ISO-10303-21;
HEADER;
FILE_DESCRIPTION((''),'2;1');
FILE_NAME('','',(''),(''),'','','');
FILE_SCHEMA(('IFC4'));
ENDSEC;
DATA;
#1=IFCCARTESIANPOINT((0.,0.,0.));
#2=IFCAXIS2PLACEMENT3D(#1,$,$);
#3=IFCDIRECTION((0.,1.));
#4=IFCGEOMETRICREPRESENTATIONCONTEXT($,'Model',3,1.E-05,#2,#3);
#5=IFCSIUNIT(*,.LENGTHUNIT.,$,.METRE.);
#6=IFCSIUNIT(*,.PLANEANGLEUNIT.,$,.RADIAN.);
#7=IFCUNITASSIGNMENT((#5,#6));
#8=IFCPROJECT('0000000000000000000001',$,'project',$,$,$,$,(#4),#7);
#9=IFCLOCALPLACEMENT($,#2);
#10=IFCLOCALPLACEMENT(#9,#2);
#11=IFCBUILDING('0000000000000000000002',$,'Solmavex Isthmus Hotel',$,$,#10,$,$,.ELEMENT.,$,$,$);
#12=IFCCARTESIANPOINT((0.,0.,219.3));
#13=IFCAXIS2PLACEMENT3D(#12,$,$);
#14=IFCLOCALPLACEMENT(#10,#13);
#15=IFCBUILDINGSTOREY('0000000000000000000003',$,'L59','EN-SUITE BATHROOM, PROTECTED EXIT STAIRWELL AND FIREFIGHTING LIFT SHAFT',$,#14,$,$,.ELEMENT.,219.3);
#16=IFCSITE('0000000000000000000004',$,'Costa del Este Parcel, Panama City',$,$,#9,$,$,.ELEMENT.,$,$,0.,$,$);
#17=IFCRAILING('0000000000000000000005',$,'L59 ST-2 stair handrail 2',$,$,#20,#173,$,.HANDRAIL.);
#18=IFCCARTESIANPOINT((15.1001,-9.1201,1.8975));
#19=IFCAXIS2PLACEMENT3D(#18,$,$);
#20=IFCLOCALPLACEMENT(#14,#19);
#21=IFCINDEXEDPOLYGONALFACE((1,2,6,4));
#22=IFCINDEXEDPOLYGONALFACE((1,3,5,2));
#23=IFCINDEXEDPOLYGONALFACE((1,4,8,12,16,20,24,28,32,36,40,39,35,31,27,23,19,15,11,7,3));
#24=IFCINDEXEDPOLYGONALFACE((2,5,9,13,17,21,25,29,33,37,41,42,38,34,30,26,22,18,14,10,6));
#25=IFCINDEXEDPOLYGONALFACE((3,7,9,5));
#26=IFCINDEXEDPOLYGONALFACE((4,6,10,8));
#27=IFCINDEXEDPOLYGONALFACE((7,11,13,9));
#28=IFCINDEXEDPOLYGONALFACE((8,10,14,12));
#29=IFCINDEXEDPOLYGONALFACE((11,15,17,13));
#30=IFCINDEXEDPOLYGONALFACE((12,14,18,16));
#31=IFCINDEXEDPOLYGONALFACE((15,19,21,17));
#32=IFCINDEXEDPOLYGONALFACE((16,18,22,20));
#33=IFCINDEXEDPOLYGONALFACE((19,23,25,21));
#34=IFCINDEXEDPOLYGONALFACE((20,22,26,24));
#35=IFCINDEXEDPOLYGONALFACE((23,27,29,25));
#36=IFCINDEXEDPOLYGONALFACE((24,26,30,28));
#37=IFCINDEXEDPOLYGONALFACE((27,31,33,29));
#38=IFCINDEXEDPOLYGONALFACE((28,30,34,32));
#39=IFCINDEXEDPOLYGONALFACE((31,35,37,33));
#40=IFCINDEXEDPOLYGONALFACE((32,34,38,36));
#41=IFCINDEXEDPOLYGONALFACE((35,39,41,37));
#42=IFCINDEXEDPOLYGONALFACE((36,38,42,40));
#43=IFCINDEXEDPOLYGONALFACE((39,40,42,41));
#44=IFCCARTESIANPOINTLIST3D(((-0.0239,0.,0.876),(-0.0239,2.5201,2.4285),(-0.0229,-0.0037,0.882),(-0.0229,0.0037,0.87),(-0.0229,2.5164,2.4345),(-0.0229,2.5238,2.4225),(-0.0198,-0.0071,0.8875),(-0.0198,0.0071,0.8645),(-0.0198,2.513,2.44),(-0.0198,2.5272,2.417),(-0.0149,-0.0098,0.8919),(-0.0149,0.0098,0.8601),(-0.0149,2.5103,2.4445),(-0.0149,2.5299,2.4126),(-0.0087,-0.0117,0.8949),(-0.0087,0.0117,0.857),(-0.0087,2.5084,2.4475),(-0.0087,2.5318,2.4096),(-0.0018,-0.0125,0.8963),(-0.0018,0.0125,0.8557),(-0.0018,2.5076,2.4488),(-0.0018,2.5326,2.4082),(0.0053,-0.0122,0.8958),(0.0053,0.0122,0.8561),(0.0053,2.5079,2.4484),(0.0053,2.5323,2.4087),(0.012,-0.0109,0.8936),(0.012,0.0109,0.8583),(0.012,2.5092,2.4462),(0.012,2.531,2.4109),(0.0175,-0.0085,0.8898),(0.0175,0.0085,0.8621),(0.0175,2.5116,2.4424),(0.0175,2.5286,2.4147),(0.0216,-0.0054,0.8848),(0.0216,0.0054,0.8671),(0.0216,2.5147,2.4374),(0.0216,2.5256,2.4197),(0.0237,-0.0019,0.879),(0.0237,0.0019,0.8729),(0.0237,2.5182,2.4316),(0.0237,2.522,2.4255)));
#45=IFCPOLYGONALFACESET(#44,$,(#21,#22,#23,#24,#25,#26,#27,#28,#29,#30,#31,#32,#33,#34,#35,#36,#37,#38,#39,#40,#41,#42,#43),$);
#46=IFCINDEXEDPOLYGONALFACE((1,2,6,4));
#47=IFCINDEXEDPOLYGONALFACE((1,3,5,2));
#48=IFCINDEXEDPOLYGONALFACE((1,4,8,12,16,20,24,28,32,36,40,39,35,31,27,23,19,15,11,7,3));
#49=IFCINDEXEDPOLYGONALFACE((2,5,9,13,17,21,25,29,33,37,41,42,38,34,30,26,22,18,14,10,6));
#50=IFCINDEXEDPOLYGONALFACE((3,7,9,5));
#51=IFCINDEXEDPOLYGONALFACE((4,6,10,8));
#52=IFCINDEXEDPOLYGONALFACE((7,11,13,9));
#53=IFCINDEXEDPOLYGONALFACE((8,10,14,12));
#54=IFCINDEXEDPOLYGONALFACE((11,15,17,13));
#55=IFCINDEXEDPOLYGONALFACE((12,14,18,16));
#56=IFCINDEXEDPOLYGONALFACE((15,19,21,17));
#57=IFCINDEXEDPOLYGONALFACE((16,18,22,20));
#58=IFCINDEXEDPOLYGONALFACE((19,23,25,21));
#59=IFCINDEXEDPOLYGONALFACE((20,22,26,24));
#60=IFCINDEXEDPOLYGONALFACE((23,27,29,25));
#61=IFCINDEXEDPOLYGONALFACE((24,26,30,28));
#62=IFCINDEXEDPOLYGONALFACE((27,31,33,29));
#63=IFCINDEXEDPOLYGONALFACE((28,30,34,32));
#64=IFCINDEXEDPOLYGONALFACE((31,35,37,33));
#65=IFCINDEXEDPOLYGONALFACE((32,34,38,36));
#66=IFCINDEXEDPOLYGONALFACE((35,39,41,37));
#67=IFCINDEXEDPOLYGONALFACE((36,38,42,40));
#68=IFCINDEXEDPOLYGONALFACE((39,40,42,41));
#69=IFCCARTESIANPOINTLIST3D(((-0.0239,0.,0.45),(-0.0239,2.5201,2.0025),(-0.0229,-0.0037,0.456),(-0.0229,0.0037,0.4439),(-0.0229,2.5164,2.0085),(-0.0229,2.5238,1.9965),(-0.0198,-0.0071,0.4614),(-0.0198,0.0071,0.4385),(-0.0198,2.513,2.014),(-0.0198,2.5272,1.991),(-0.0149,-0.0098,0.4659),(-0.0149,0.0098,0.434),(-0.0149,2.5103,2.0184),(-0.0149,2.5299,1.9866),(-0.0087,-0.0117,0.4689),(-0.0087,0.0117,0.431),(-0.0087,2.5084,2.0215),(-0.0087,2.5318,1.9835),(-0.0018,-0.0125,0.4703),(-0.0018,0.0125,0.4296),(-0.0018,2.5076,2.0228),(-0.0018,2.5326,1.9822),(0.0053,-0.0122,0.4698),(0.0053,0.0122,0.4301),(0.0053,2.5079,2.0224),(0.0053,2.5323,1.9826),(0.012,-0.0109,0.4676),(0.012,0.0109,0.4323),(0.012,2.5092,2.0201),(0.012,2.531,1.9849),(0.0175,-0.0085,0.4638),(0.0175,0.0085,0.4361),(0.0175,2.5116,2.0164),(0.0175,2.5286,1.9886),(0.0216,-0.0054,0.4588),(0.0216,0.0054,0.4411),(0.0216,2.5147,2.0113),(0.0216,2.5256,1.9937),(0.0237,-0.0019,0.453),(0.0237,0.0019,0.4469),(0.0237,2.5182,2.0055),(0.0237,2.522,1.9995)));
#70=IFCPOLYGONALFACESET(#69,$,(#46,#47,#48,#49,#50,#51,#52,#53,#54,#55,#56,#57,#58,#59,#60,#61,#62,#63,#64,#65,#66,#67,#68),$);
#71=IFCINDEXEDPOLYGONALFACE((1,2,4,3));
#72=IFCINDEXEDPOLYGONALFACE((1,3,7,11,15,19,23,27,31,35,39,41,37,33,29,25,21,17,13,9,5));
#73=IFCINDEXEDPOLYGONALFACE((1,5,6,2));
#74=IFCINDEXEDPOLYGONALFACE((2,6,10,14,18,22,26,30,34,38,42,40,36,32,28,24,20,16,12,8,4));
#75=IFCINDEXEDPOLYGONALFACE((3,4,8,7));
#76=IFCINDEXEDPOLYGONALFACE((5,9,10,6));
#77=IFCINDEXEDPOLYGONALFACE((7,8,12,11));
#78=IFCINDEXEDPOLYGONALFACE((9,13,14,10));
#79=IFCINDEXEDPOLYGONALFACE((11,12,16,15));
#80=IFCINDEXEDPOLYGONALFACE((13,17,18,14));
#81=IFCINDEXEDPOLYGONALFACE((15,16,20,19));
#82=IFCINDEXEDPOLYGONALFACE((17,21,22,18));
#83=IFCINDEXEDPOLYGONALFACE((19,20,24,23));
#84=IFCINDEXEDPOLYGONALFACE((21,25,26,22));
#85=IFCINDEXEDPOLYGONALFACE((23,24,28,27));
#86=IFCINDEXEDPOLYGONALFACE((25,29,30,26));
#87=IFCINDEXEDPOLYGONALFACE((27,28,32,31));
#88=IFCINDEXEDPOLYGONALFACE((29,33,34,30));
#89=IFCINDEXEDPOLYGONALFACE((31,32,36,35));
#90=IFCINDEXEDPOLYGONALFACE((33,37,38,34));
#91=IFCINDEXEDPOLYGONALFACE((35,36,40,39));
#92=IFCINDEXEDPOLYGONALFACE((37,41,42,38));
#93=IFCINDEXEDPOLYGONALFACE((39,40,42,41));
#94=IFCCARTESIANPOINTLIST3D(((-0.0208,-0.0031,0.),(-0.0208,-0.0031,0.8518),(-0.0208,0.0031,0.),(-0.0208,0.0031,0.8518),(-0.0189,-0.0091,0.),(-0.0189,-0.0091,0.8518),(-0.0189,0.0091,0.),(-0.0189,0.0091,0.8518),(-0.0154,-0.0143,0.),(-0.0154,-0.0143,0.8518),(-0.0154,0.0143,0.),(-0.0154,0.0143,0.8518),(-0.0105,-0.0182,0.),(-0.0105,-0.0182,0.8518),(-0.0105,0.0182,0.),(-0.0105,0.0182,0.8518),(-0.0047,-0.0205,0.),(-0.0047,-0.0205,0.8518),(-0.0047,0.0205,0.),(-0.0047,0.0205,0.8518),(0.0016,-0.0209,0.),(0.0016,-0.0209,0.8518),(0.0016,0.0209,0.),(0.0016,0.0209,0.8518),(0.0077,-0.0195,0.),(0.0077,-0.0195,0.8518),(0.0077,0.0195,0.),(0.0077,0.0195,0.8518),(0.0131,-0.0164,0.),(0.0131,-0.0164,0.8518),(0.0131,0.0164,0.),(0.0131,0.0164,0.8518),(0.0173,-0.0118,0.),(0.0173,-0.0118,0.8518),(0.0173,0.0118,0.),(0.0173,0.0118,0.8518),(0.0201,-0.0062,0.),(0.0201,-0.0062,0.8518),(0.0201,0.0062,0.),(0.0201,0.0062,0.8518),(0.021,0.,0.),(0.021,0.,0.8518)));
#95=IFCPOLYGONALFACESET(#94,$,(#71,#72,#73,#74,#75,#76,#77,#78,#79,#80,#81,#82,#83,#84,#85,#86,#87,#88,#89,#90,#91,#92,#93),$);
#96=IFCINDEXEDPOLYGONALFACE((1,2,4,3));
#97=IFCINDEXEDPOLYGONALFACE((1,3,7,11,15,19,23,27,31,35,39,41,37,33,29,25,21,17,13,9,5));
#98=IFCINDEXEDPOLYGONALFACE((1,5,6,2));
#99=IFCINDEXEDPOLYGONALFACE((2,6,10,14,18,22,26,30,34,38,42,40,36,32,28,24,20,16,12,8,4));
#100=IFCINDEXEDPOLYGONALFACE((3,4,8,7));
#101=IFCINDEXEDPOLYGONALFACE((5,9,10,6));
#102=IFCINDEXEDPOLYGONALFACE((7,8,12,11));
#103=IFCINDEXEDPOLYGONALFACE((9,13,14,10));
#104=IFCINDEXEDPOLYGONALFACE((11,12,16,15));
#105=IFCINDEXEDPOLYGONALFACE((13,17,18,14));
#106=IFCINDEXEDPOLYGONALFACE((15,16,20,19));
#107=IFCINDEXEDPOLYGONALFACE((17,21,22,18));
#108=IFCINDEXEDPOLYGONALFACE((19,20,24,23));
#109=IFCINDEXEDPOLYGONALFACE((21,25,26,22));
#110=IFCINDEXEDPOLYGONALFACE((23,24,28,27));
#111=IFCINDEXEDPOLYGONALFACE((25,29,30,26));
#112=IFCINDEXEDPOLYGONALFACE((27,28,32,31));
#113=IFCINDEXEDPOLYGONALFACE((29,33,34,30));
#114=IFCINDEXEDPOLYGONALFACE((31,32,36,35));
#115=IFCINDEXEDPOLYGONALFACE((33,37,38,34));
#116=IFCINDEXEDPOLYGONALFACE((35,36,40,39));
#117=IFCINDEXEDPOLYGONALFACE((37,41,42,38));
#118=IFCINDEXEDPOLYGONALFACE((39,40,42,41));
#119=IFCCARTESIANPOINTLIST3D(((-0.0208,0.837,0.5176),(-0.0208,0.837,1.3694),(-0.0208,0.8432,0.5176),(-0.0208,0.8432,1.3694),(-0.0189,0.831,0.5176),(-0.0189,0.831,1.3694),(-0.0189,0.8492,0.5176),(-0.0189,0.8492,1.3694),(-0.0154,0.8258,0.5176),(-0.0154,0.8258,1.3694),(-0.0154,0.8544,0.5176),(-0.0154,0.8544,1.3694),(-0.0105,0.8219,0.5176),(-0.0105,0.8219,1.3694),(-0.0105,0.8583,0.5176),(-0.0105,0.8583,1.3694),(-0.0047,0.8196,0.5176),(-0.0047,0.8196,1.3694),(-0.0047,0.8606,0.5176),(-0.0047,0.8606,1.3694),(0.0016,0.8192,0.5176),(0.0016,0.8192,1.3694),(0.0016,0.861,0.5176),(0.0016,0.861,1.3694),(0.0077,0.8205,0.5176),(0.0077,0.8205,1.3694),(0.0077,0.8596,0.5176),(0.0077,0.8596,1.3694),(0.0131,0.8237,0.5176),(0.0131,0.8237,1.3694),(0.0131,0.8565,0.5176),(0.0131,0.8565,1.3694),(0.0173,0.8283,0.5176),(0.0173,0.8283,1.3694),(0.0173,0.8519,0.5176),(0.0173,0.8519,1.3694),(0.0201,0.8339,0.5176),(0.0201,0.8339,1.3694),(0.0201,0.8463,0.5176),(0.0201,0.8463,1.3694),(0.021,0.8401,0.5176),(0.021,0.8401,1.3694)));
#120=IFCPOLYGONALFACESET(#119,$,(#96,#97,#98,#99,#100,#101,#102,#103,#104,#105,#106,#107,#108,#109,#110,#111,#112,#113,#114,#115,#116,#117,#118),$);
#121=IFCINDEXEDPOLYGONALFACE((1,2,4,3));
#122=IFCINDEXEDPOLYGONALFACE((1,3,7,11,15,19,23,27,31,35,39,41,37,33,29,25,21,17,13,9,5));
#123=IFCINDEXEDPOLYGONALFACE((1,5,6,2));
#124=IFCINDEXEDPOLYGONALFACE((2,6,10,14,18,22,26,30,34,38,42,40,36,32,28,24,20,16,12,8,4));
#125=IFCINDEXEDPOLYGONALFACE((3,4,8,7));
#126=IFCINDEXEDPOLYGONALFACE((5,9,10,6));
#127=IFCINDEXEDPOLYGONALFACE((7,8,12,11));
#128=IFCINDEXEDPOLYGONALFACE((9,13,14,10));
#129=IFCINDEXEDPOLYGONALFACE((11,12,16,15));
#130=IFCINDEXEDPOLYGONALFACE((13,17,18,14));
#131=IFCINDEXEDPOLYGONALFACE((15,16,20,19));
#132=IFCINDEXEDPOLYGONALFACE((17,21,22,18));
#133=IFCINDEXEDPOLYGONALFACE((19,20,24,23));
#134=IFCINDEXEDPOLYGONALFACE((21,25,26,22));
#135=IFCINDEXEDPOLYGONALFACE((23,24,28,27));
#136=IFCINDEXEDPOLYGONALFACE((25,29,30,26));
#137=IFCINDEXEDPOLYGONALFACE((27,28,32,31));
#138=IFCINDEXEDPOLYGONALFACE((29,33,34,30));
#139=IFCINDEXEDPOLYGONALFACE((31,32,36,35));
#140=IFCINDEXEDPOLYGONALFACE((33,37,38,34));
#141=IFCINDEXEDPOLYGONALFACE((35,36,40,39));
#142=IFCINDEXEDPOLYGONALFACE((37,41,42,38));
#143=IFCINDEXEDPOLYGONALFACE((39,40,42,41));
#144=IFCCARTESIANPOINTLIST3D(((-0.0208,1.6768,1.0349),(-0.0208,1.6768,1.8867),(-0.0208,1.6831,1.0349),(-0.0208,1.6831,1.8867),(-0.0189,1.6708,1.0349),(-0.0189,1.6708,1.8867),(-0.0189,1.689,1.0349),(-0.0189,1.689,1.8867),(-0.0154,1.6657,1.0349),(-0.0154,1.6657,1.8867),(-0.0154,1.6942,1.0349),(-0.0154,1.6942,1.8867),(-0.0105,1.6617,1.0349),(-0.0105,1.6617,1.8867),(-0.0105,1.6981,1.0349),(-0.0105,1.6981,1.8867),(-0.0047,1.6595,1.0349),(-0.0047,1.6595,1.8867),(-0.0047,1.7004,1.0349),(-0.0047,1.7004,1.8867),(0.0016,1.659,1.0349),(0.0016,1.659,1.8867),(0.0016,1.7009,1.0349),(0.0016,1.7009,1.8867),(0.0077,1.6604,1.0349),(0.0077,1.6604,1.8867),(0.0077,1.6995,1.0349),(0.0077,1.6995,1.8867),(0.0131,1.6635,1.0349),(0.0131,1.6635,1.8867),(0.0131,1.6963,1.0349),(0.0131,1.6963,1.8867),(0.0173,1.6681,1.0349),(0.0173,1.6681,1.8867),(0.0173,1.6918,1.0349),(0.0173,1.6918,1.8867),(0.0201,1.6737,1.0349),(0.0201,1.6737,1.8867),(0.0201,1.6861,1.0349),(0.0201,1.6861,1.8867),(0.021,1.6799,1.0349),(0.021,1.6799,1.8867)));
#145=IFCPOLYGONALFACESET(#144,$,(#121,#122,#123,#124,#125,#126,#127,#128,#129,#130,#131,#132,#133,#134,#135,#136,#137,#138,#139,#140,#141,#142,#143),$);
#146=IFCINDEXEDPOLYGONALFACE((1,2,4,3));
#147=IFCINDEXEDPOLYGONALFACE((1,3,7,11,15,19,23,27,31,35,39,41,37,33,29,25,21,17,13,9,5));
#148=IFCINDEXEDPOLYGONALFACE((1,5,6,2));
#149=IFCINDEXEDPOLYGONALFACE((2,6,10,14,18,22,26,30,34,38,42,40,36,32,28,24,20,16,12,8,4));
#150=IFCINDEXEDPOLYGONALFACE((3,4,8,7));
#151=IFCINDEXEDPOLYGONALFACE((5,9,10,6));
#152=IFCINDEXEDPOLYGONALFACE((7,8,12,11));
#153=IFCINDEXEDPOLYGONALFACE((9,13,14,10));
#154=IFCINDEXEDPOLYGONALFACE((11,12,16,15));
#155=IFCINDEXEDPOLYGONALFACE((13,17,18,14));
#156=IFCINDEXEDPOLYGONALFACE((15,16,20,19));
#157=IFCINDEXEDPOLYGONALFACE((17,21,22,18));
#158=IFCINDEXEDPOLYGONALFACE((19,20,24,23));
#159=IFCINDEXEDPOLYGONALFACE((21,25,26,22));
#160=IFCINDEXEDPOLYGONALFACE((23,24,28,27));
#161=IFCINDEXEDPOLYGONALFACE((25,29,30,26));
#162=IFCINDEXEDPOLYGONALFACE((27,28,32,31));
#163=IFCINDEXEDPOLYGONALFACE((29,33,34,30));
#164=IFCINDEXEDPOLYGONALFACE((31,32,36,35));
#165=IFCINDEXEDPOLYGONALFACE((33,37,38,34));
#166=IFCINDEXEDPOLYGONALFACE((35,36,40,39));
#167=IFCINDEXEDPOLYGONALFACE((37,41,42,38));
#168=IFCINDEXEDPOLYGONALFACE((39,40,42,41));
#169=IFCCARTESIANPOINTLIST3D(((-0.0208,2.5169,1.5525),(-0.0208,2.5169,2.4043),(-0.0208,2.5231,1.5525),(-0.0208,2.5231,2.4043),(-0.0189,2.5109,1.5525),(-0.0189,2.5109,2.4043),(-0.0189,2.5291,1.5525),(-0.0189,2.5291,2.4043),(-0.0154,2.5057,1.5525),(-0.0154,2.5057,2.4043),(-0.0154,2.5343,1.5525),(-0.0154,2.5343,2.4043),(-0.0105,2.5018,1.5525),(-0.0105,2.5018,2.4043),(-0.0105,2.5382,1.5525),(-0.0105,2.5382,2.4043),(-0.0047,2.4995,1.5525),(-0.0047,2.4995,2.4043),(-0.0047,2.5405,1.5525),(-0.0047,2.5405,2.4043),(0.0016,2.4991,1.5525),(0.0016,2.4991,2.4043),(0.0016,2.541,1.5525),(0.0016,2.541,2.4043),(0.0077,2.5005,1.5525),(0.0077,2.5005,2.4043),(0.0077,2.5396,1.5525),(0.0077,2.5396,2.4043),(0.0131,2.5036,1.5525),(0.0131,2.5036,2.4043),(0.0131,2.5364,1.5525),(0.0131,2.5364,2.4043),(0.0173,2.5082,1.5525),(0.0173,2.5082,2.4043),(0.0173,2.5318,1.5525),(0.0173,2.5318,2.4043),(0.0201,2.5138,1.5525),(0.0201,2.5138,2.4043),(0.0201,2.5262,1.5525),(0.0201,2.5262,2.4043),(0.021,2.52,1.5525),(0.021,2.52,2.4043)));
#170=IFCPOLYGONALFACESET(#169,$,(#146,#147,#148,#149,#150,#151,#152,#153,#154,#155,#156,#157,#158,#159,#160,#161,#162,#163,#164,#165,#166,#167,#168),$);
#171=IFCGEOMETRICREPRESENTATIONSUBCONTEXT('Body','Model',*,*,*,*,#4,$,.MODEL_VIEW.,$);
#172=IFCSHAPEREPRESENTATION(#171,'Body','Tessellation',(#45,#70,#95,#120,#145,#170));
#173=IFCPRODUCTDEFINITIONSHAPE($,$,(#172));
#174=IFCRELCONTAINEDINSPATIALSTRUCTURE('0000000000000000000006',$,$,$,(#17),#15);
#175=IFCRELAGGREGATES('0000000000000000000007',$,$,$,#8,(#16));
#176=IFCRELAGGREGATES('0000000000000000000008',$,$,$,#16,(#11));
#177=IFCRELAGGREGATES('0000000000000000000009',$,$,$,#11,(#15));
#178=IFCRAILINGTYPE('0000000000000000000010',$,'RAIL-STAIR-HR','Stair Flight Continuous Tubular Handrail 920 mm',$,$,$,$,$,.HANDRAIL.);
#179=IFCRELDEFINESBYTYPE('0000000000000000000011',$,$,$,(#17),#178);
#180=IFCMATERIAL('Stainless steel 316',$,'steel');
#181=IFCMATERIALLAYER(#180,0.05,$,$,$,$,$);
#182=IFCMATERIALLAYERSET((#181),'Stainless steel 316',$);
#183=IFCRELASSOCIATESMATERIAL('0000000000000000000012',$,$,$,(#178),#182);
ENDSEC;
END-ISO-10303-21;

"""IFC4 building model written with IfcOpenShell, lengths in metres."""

from ifc_helpers import new_model, si_unit, direction, frame, origin, origin_2d, place, context, subcontext, project, spatial, circle, extrude, material, layer, layer_set, type_object, element, save


model = new_model("IFC4")

# Units and contexts
model_context = context("Model", 3, precision=1e-05, world=origin(), true_north=direction((0.0, 1.0)))
body_context = subcontext(model_context, "Body", "Model", "MODEL_VIEW")
ifc_project = project(units=[si_unit("LENGTHUNIT", "METRE"), si_unit("PLANEANGLEUNIT", "RADIAN")], contexts=[model_context])

# Site, building, storey
site_placement = place(None, origin())
site = spatial("IfcSite", under=ifc_project, at=site_placement, Name="Costa del Este Parcel, Panama City", CompositionType="ELEMENT", RefElevation=0.0)
building_placement = place(site_placement, origin())
building = spatial("IfcBuilding", under=site, at=building_placement, Name="Solmavex Isthmus Hotel", CompositionType="ELEMENT")
storey_placement = place(building_placement, frame((0.0, 0.0, 219.3)))
storey = spatial("IfcBuildingStorey", under=building, at=storey_placement, Name="L59", Description="EN-SUITE BATHROOM, PROTECTED EXIT STAIRWELL AND FIREFIGHTING LIFT SHAFT", CompositionType="ELEMENT", Elevation=219.3)

# Railing
ifc_material_1 = material(Name="Stainless steel 316", Category="steel")
ifc_layer_1 = layer(ifc_material_1, 0.05)
ifc_layer_set_1 = layer_set([ifc_layer_1], Name="Stainless steel 316")
railing_type = type_object("IfcRailingType", Name="RAIL-STAIR-HR", Description="Stair Flight Continuous Tubular Handrail 920 mm", PredefinedType="HANDRAIL", material=ifc_layer_set_1)
railing_placement = place(storey_placement, frame((15.1001, -9.1201, 1.8975)))
element("IfcRailing", 1, at=railing_placement, inside=storey, type_object=railing_type, Name="L59 ST-2 stair handrail 2", PredefinedType="HANDRAIL", context=body_context, shape_type="SweptSolid", body=[
    extrude(circle(Radius=0.0239, at=origin_2d()), frame((0.0, 0.0, 0.876), z_axis=(0.0, 0.8514, 0.524516), x_axis=(-1.0, 0.0, 0.0)), (0.0, 0.0, 1.0), 2.96),
    extrude(circle(Radius=0.0239, at=origin_2d()), frame((0.0, 0.0, 0.45), z_axis=(0.0, 0.8514, 0.524516), x_axis=(-1.0, 0.0, 0.0)), (0.0, 0.0, 1.0), 2.96),
    extrude(circle(Radius=0.021, at=origin_2d()), origin(), (0.0, 0.0, 1.0), 0.8518),
    extrude(circle(Radius=0.021, at=origin_2d()), frame((0.0, 0.8401, 0.5176)), (0.0, 0.0, 1.0), 0.8518),
    extrude(circle(Radius=0.021, at=origin_2d()), frame((0.0, 1.6799, 1.0349)), (0.0, 0.0, 1.0), 0.8518),
    extrude(circle(Radius=0.021, at=origin_2d()), frame((0.0, 2.52, 1.5525)), (0.0, 0.0, 1.0), 0.8518),
])

save(model, "model.ifc")
